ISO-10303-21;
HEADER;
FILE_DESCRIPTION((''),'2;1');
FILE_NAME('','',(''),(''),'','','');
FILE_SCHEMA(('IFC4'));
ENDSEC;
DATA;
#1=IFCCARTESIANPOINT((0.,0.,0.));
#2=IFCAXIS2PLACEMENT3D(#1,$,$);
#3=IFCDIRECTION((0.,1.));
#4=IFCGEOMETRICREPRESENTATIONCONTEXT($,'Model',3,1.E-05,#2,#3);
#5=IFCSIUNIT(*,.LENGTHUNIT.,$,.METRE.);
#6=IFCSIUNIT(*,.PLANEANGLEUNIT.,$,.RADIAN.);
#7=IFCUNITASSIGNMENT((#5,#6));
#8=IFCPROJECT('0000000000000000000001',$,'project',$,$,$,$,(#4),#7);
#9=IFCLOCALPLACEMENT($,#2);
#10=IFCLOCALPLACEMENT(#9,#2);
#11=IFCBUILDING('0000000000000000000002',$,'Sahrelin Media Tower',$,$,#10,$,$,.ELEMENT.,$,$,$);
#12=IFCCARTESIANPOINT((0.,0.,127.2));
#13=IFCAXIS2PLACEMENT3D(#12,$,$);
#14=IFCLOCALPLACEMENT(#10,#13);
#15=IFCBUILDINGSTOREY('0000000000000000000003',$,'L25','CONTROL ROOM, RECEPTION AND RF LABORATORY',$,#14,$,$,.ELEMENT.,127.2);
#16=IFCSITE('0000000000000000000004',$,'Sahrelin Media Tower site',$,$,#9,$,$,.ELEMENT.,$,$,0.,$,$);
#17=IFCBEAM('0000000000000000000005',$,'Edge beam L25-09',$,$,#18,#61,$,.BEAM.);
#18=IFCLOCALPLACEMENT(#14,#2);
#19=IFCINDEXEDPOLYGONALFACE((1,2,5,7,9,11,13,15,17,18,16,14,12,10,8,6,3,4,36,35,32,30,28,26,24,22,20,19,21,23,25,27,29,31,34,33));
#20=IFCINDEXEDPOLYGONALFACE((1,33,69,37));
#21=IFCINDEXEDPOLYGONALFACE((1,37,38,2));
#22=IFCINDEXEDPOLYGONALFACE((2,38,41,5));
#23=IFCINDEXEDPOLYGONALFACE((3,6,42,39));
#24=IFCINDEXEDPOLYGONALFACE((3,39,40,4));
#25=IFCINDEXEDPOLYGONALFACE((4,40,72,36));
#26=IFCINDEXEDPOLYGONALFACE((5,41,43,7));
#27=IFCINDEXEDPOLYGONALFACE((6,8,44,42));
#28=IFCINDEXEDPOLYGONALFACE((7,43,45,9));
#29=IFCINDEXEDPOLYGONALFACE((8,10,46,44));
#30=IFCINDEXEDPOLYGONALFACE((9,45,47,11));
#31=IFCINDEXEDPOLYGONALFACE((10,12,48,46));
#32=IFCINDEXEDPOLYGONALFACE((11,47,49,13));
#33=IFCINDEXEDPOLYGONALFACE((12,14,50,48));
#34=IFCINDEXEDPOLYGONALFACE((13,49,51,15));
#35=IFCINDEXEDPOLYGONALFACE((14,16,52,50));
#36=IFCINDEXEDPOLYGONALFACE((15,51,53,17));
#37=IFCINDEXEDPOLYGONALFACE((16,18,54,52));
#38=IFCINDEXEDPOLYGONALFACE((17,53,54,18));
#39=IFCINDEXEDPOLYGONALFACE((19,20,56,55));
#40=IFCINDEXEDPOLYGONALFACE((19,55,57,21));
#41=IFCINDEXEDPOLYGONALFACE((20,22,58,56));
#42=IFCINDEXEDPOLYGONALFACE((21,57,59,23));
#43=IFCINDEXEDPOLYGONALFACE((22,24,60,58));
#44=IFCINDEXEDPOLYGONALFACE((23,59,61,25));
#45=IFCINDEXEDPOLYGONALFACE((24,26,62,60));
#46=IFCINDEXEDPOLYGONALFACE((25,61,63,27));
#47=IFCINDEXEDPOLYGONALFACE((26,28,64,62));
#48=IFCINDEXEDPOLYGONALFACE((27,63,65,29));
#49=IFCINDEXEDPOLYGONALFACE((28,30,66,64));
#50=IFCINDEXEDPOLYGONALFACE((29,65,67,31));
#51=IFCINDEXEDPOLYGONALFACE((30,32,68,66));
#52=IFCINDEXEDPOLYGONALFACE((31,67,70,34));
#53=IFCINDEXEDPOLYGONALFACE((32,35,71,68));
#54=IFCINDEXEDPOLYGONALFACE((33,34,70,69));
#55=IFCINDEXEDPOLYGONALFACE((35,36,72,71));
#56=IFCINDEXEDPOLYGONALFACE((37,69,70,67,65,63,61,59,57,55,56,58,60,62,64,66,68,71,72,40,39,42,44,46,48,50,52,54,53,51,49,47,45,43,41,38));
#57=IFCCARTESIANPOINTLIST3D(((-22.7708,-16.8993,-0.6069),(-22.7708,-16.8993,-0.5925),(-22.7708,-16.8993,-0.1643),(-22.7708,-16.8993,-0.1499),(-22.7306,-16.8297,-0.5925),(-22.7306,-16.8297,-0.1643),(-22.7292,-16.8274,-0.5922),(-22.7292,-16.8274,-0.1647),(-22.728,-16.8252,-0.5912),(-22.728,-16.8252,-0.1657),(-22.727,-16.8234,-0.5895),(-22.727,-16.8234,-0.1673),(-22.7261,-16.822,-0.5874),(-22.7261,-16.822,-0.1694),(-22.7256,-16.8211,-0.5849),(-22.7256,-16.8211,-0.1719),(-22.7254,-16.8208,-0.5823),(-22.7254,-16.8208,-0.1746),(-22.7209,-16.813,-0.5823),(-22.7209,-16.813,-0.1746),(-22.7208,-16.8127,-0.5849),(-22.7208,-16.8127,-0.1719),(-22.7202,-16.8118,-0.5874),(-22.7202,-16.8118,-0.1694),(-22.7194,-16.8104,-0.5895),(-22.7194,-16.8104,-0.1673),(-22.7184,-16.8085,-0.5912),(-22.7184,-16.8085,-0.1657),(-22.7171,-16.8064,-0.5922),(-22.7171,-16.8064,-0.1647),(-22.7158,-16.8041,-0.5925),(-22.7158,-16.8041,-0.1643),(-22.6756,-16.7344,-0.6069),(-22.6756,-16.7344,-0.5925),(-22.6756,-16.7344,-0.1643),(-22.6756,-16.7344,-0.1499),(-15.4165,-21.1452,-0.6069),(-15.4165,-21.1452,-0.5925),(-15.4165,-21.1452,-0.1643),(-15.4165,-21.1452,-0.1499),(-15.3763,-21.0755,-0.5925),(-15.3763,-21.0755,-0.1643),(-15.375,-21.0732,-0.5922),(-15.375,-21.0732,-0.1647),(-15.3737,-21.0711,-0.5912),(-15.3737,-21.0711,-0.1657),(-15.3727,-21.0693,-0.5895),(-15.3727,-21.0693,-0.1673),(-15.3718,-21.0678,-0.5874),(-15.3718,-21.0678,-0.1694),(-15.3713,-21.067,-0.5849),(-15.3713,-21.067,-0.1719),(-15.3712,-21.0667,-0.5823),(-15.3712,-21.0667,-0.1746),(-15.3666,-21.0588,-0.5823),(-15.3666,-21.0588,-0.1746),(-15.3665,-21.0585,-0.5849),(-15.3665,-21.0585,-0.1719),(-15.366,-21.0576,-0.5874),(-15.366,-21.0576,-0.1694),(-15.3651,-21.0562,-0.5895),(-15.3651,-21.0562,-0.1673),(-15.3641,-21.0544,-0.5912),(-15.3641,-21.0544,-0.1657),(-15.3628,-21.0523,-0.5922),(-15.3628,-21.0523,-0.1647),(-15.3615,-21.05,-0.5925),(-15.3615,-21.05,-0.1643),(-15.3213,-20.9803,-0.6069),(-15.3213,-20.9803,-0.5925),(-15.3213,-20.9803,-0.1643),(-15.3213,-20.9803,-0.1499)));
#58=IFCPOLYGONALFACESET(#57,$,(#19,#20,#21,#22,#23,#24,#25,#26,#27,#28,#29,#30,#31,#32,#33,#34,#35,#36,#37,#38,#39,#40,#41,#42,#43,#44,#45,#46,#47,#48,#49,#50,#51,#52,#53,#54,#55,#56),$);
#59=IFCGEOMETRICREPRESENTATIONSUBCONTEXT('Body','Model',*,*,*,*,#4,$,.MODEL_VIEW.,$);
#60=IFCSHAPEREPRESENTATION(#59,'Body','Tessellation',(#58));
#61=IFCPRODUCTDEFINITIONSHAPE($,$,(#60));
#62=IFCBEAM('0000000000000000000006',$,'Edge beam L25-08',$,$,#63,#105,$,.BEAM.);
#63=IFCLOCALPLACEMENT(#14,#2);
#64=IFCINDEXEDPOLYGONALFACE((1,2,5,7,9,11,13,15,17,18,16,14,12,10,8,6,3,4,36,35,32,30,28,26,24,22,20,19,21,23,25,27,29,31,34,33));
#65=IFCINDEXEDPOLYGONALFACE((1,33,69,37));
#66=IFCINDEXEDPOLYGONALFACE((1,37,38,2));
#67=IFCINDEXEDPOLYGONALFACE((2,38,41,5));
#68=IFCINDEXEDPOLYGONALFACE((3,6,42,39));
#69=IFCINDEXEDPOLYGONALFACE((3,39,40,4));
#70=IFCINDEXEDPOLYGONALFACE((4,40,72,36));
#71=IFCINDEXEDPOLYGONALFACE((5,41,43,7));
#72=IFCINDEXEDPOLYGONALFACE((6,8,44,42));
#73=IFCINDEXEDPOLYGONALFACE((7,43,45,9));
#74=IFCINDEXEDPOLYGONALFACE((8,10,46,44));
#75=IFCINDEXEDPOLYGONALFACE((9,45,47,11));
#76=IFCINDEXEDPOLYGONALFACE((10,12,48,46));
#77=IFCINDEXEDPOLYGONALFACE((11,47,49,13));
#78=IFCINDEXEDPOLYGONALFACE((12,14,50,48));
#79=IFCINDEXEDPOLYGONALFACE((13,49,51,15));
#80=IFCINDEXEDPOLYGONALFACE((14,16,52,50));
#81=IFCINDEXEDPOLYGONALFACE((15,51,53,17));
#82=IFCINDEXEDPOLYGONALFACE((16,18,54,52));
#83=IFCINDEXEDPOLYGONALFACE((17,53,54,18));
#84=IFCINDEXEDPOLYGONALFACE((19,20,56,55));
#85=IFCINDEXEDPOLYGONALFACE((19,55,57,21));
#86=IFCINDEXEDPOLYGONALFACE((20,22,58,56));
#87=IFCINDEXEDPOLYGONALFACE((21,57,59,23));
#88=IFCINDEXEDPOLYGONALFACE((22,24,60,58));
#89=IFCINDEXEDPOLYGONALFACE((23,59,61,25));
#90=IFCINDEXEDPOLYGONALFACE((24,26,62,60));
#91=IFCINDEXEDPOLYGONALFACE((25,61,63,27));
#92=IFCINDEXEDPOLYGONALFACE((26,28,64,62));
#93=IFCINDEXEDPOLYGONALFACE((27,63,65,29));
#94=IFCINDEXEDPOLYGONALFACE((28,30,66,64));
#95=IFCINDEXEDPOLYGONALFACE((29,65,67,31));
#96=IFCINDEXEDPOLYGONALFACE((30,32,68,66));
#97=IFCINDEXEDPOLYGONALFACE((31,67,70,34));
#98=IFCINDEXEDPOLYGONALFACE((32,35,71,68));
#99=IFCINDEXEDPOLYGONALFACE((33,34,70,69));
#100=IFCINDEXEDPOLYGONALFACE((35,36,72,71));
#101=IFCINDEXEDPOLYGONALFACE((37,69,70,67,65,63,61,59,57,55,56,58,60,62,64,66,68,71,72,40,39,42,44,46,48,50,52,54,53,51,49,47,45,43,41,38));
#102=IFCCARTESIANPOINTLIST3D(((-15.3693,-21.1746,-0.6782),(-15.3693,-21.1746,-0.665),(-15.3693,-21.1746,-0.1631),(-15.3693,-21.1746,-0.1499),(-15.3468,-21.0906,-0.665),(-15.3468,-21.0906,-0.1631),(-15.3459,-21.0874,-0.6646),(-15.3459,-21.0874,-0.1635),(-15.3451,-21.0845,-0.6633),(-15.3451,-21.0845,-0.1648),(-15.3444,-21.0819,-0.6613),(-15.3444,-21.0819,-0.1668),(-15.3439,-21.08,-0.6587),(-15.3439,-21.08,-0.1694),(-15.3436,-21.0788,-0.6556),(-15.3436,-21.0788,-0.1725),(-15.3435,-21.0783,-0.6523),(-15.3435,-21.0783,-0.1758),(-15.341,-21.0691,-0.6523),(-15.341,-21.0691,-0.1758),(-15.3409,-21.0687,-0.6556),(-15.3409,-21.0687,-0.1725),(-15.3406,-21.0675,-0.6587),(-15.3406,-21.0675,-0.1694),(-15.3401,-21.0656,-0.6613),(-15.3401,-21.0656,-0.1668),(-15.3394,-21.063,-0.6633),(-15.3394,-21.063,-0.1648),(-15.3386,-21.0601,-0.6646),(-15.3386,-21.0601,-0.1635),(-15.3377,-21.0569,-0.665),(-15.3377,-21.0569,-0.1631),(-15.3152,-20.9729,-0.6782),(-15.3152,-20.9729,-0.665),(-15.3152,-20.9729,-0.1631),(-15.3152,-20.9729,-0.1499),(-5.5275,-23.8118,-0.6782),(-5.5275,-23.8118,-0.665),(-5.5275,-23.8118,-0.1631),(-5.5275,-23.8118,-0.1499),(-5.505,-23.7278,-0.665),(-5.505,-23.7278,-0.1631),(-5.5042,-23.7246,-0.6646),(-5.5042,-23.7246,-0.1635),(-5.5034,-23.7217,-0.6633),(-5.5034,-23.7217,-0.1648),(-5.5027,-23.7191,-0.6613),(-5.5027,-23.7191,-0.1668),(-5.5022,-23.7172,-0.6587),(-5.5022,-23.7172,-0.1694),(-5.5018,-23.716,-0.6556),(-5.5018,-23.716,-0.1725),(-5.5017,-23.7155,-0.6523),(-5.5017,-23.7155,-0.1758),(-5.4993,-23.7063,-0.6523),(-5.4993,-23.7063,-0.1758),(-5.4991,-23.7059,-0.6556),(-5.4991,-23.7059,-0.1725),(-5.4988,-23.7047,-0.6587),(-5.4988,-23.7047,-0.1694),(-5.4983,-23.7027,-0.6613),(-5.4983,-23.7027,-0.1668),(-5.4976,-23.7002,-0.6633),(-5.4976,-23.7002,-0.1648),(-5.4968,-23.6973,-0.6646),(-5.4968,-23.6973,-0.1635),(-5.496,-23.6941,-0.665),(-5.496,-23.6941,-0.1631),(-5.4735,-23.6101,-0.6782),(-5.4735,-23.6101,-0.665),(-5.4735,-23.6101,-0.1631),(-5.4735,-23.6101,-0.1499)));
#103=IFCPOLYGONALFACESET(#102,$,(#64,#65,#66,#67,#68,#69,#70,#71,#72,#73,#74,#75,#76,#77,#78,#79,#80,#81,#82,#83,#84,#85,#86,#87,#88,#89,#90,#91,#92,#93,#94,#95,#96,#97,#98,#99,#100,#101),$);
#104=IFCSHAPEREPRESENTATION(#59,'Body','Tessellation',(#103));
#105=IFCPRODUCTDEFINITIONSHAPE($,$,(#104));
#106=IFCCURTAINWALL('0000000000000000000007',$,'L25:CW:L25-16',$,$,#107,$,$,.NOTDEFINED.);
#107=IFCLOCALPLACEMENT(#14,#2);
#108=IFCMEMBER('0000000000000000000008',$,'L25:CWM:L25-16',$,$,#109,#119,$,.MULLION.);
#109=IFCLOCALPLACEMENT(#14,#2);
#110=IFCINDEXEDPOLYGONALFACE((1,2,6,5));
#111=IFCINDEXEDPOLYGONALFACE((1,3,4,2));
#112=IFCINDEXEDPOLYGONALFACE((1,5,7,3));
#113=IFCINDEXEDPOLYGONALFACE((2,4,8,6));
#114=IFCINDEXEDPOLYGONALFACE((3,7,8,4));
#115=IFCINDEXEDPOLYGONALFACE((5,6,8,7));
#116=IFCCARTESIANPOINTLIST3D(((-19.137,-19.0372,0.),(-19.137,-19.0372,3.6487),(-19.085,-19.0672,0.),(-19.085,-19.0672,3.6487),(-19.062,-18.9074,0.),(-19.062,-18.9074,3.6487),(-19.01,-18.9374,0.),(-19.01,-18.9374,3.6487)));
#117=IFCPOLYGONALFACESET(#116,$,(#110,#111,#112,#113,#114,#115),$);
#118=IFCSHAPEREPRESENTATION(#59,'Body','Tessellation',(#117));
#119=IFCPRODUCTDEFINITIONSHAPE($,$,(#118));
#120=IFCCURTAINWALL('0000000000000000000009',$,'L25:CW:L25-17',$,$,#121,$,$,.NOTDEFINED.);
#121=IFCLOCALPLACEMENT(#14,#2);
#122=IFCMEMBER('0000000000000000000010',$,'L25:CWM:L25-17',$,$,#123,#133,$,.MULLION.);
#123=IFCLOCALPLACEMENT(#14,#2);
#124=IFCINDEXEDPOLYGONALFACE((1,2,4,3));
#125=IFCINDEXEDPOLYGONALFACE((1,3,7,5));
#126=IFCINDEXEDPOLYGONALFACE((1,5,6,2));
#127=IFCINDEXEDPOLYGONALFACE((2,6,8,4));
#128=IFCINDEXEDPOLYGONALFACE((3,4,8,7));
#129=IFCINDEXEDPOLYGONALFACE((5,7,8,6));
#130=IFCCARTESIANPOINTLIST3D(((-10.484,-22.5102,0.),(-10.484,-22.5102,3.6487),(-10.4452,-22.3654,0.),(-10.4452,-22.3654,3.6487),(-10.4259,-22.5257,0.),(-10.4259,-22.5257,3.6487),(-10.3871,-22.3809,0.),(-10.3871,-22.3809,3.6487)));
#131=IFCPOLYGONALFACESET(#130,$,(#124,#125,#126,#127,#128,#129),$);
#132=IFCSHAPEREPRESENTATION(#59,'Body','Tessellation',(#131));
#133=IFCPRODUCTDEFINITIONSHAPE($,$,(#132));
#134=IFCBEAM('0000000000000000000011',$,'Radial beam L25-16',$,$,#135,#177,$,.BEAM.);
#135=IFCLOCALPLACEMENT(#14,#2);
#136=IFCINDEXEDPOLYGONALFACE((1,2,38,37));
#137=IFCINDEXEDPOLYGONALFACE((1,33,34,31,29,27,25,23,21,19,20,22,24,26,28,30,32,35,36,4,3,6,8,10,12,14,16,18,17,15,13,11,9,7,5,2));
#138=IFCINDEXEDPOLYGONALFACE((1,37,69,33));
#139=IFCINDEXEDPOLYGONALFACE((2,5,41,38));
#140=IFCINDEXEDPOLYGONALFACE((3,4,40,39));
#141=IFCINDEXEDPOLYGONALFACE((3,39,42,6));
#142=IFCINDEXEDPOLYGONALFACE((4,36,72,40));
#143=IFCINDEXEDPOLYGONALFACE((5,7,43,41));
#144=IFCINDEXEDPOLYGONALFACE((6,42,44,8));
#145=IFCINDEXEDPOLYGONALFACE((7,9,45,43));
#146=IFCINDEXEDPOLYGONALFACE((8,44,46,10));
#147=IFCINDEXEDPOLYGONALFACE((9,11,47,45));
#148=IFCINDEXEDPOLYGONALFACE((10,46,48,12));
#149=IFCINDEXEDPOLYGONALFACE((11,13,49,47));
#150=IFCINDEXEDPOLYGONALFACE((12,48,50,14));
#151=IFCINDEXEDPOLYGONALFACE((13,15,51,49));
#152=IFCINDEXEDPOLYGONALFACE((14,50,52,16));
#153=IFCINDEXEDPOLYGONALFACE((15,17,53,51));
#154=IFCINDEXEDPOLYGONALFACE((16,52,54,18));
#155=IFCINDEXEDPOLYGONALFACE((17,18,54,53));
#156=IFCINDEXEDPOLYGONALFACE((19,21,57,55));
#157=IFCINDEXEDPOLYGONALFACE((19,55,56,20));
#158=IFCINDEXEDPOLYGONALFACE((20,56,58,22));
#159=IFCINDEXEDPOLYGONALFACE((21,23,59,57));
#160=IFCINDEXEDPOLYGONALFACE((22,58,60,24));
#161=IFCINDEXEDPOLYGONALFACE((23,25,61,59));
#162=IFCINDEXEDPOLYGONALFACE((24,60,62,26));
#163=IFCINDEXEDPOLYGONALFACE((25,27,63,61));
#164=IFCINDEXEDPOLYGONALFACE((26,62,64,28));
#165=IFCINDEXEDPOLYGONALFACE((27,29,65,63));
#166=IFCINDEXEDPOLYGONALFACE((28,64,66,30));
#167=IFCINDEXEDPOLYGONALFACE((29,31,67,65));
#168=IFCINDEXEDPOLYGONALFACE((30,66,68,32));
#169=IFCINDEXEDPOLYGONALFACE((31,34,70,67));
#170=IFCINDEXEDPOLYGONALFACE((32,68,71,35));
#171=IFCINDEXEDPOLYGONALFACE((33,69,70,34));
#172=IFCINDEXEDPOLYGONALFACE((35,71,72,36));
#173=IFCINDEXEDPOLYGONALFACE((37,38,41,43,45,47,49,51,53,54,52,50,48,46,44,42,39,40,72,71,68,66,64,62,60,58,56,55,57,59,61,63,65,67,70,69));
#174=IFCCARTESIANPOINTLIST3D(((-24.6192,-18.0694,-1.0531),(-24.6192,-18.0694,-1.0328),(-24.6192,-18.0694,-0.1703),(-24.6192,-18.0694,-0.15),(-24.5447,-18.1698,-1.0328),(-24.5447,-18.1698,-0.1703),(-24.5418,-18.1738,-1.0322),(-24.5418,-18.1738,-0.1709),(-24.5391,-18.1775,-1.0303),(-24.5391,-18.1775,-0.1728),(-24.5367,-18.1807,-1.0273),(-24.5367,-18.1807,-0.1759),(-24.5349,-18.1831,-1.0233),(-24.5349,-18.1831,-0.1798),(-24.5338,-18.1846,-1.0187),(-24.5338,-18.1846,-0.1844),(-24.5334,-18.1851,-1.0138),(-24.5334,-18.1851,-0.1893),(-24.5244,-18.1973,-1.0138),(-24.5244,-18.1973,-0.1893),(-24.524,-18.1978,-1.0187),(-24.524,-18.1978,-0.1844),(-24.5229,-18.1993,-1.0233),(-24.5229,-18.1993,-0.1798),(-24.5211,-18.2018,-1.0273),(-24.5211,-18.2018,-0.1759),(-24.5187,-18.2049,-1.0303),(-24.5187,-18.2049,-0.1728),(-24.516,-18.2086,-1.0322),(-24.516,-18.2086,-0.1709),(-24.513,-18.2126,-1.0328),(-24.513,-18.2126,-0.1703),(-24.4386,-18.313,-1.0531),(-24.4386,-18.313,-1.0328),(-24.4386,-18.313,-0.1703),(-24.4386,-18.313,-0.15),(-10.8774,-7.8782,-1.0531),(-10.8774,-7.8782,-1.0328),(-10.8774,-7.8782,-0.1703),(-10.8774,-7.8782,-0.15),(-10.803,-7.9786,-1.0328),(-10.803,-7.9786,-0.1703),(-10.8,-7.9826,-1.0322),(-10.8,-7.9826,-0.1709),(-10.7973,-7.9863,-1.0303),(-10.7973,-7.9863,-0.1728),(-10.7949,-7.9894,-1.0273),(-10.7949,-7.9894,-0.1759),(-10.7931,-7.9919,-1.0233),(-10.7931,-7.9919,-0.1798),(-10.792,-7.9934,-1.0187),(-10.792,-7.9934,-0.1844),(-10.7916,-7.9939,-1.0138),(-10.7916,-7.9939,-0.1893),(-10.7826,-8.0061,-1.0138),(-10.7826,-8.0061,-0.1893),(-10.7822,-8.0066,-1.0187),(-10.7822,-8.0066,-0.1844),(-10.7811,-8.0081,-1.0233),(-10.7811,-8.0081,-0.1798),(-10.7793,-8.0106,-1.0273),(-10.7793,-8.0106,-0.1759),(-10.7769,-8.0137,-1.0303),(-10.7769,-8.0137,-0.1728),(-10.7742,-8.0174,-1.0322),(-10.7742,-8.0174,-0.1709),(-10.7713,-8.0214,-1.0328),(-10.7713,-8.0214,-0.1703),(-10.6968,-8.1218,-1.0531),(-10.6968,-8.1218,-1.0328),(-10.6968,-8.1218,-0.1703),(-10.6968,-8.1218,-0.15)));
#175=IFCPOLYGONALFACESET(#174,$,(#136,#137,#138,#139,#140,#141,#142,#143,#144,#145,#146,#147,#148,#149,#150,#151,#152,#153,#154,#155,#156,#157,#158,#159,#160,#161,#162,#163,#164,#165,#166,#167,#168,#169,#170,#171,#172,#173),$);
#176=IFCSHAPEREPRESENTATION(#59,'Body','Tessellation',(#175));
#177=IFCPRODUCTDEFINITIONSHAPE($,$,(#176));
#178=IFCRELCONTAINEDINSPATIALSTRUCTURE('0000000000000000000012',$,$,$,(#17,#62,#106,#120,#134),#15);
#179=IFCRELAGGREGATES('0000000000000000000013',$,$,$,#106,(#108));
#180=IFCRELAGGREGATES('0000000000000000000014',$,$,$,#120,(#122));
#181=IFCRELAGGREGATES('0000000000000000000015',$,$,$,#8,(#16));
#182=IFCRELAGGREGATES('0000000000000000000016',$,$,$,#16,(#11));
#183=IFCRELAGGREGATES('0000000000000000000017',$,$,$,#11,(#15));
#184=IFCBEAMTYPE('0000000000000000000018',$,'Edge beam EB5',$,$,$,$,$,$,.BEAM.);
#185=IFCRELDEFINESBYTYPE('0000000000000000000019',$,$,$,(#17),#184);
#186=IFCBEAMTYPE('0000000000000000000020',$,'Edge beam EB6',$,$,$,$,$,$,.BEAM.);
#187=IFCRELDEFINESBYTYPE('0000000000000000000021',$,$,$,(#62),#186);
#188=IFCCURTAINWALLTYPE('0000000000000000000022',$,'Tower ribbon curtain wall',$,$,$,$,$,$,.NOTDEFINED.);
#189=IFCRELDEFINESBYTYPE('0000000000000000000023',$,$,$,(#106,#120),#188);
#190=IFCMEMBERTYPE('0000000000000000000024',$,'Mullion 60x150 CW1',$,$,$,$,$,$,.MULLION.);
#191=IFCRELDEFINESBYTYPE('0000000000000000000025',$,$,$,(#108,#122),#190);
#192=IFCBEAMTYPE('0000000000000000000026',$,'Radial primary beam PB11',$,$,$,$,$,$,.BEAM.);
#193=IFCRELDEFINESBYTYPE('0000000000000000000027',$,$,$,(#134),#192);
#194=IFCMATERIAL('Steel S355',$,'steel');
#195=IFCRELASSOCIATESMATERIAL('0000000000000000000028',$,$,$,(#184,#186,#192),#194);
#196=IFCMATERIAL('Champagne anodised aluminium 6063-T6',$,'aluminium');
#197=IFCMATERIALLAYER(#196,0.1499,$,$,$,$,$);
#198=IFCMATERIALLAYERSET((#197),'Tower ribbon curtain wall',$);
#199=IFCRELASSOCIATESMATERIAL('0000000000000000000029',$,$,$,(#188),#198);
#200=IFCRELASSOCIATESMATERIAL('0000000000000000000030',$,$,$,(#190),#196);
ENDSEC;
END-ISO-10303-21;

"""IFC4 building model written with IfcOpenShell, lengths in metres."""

from ifc_helpers import new_model, si_unit, direction, frame, origin, origin_2d, place, context, subcontext, project, spatial, rectangle, i_section, extrude, material, layer, layer_set, material_profile, profile_set, type_object, element, aggregate, save


model = new_model("IFC4")

# Units and contexts
model_context = context("Model", 3, precision=1e-05, world=origin(), true_north=direction((0.0, 1.0)))
body_context = subcontext(model_context, "Body", "Model", "MODEL_VIEW")
ifc_project = project(units=[si_unit("LENGTHUNIT", "METRE"), si_unit("PLANEANGLEUNIT", "RADIAN")], contexts=[model_context])

# Site, building, storey
site_placement = place(None, origin())
site = spatial("IfcSite", under=ifc_project, at=site_placement, Name="Sahrelin Media Tower site", CompositionType="ELEMENT", RefElevation=0.0)
building_placement = place(site_placement, origin())
building = spatial("IfcBuilding", under=site, at=building_placement, Name="Sahrelin Media Tower", CompositionType="ELEMENT")
storey_placement = place(building_placement, frame((0.0, 0.0, 127.2)))
storey = spatial("IfcBuildingStorey", under=building, at=storey_placement, Name="L25", Description="CONTROL ROOM, RECEPTION AND RF LABORATORY", CompositionType="ELEMENT", Elevation=127.2)

# Beams
ifc_material_1 = material(Name="Steel S355", Category="steel")
ifc_material_profile_1 = material_profile(ifc_material_1, i_section(OverallWidth=0.1904, OverallDepth=0.457, WebThickness=0.009, FlangeThickness=0.0144, FilletRadius=0.0103, at=origin_2d()), Name="UB 457x191x74")
ifc_profile_set_1 = profile_set([ifc_material_profile_1], Name="Steel S355")
beam_type_1 = type_object("IfcBeamType", Name="Edge beam EB5", PredefinedType="BEAM", material=ifc_profile_set_1)
beam_1_placement = place(storey_placement, frame((-15.3689, -21.0627, -0.3784), z_axis=(-0.866032, 0.499989, 0.0), x_axis=(-0.499989, -0.866032, 0.0)))
element("IfcBeam", 1, at=beam_1_placement, inside=storey, type_object=beam_type_1, Name="Edge beam L25-09", PredefinedType="BEAM", context=body_context, shape_type="SweptSolid", body=[
    extrude(i_section(OverallWidth=0.1904, OverallDepth=0.457, WebThickness=0.009, FlangeThickness=0.0144, FilletRadius=0.0103, at=origin_2d()), origin(), (0.0, 0.0, 1.0), 8.4919),
])
ifc_material_profile_2 = material_profile(ifc_material_1, i_section(OverallWidth=0.2087, OverallDepth=0.5283, WebThickness=0.0095, FlangeThickness=0.0132, FilletRadius=0.0127, at=origin_2d()), Name="UB 533x210x82")
ifc_profile_set_2 = profile_set([ifc_material_profile_2], Name="Steel S355")
beam_type_2 = type_object("IfcBeamType", Name="Edge beam EB6", PredefinedType="BEAM", material=ifc_profile_set_2)
beam_2_placement = place(storey_placement, frame((-5.5005, -23.7109, -0.4141), z_axis=(-0.965923, 0.258829, 0.0), x_axis=(-0.258829, -0.965923, 0.0)))
element("IfcBeam", 2, at=beam_2_placement, inside=storey, type_object=beam_type_2, Name="Edge beam L25-08", PredefinedType="BEAM", context=body_context, shape_type="SweptSolid", body=[
    extrude(i_section(OverallWidth=0.2087, OverallDepth=0.5283, WebThickness=0.0095, FlangeThickness=0.0132, FilletRadius=0.0127, at=origin_2d()), origin(), (0.0, 0.0, 1.0), 10.189),
])

# Curtain walls, members
ifc_material_2 = material(Name="Champagne anodised aluminium 6063-T6", Category="aluminium")
ifc_layer_1 = layer(ifc_material_2, 0.1499)
ifc_layer_set_1 = layer_set([ifc_layer_1], Name="Tower ribbon curtain wall")
curtain_wall_type = type_object("IfcCurtainWallType", Name="Tower ribbon curtain wall", PredefinedType="NOTDEFINED", material=ifc_layer_set_1)
curtain_wall_1_placement = place(storey_placement, frame((-19.1211, -19.0696, 0.0), z_axis=(0.0, 0.0, 1.0), x_axis=(1.0, 0.0, 0.0)))
curtain_wall_1 = element("IfcCurtainWall", 3, at=curtain_wall_1_placement, inside=storey, type_object=curtain_wall_type, Name="L25:CW:L25-16", PredefinedType="NOTDEFINED")
ifc_material_profile_3 = material_profile(ifc_material_2, rectangle(XDim=0.0601, YDim=0.1499, at=origin_2d()), Name="Mullion 60x150")
ifc_profile_set_3 = profile_set([ifc_material_profile_3], Name="Champagne anodised aluminium 6063-T6")
member_type_1 = type_object("IfcMemberType", Name="Mullion 60x150 CW1", PredefinedType="MULLION", material=ifc_profile_set_3)
member_1_placement = place(storey_placement, frame((-19.0735, -18.9873, 0.0), z_axis=(0.0, 0.0, 1.0), x_axis=(0.866028, -0.499995, 0.0)))
member_1 = element("IfcMember", 4, at=member_1_placement, type_object=member_type_1, Name="L25:CWM:L25-16", PredefinedType="MULLION", context=body_context, shape_type="SweptSolid", body=[
    extrude(rectangle(XDim=0.0601, YDim=0.1499, at=origin_2d()), origin(), (0.0, 0.0, 1.0), 3.6487),
])
aggregate(curtain_wall_1, [member_1])
curtain_wall_2_placement = place(storey_placement, frame((-10.4602, -22.5374, 0.0), z_axis=(0.0, 0.0, 1.0), x_axis=(1.0, 0.0, 0.0)))
curtain_wall_2 = element("IfcCurtainWall", 5, at=curtain_wall_2_placement, inside=storey, type_object=curtain_wall_type, Name="L25:CW:L25-17", PredefinedType="NOTDEFINED")
member_2_placement = place(storey_placement, frame((-10.4355, -22.4456, 0.0), z_axis=(0.0, 0.0, 1.0), x_axis=(0.965924, -0.258824, 0.0)))
member_2 = element("IfcMember", 6, at=member_2_placement, type_object=member_type_1, Name="L25:CWM:L25-17", PredefinedType="MULLION", context=body_context, shape_type="SweptSolid", body=[
    extrude(rectangle(XDim=0.0601, YDim=0.1499, at=origin_2d()), origin(), (0.0, 0.0, 1.0), 3.6487),
])

# Beam
ifc_material_profile_4 = material_profile(ifc_material_1, i_section(OverallWidth=0.3032, OverallDepth=0.9031, WebThickness=0.0151, FlangeThickness=0.0203, FilletRadius=0.019, at=origin_2d()), Name="UB 914x305x201")
ifc_profile_set_4 = profile_set([ifc_material_profile_4], Name="Steel S355")
beam_type_3 = type_object("IfcBeamType", Name="Radial primary beam PB11", PredefinedType="BEAM", material=ifc_profile_set_4)
beam_3_placement = place(storey_placement, frame((-10.7871, -8.0, -0.6016), z_axis=(-0.803218, -0.595685, 0.0), x_axis=(0.595685, -0.803218, 0.0)))
element("IfcBeam", 7, at=beam_3_placement, inside=storey, type_object=beam_type_3, Name="Radial beam L25-16", PredefinedType="BEAM", context=body_context, shape_type="SweptSolid", body=[
    extrude(i_section(OverallWidth=0.3032, OverallDepth=0.9031, WebThickness=0.0151, FlangeThickness=0.0203, FilletRadius=0.019, at=origin_2d()), origin(), (0.0, 0.0, 1.0), 17.1084),
])

aggregate(curtain_wall_2, [member_2])

save(model, "model.ifc")
